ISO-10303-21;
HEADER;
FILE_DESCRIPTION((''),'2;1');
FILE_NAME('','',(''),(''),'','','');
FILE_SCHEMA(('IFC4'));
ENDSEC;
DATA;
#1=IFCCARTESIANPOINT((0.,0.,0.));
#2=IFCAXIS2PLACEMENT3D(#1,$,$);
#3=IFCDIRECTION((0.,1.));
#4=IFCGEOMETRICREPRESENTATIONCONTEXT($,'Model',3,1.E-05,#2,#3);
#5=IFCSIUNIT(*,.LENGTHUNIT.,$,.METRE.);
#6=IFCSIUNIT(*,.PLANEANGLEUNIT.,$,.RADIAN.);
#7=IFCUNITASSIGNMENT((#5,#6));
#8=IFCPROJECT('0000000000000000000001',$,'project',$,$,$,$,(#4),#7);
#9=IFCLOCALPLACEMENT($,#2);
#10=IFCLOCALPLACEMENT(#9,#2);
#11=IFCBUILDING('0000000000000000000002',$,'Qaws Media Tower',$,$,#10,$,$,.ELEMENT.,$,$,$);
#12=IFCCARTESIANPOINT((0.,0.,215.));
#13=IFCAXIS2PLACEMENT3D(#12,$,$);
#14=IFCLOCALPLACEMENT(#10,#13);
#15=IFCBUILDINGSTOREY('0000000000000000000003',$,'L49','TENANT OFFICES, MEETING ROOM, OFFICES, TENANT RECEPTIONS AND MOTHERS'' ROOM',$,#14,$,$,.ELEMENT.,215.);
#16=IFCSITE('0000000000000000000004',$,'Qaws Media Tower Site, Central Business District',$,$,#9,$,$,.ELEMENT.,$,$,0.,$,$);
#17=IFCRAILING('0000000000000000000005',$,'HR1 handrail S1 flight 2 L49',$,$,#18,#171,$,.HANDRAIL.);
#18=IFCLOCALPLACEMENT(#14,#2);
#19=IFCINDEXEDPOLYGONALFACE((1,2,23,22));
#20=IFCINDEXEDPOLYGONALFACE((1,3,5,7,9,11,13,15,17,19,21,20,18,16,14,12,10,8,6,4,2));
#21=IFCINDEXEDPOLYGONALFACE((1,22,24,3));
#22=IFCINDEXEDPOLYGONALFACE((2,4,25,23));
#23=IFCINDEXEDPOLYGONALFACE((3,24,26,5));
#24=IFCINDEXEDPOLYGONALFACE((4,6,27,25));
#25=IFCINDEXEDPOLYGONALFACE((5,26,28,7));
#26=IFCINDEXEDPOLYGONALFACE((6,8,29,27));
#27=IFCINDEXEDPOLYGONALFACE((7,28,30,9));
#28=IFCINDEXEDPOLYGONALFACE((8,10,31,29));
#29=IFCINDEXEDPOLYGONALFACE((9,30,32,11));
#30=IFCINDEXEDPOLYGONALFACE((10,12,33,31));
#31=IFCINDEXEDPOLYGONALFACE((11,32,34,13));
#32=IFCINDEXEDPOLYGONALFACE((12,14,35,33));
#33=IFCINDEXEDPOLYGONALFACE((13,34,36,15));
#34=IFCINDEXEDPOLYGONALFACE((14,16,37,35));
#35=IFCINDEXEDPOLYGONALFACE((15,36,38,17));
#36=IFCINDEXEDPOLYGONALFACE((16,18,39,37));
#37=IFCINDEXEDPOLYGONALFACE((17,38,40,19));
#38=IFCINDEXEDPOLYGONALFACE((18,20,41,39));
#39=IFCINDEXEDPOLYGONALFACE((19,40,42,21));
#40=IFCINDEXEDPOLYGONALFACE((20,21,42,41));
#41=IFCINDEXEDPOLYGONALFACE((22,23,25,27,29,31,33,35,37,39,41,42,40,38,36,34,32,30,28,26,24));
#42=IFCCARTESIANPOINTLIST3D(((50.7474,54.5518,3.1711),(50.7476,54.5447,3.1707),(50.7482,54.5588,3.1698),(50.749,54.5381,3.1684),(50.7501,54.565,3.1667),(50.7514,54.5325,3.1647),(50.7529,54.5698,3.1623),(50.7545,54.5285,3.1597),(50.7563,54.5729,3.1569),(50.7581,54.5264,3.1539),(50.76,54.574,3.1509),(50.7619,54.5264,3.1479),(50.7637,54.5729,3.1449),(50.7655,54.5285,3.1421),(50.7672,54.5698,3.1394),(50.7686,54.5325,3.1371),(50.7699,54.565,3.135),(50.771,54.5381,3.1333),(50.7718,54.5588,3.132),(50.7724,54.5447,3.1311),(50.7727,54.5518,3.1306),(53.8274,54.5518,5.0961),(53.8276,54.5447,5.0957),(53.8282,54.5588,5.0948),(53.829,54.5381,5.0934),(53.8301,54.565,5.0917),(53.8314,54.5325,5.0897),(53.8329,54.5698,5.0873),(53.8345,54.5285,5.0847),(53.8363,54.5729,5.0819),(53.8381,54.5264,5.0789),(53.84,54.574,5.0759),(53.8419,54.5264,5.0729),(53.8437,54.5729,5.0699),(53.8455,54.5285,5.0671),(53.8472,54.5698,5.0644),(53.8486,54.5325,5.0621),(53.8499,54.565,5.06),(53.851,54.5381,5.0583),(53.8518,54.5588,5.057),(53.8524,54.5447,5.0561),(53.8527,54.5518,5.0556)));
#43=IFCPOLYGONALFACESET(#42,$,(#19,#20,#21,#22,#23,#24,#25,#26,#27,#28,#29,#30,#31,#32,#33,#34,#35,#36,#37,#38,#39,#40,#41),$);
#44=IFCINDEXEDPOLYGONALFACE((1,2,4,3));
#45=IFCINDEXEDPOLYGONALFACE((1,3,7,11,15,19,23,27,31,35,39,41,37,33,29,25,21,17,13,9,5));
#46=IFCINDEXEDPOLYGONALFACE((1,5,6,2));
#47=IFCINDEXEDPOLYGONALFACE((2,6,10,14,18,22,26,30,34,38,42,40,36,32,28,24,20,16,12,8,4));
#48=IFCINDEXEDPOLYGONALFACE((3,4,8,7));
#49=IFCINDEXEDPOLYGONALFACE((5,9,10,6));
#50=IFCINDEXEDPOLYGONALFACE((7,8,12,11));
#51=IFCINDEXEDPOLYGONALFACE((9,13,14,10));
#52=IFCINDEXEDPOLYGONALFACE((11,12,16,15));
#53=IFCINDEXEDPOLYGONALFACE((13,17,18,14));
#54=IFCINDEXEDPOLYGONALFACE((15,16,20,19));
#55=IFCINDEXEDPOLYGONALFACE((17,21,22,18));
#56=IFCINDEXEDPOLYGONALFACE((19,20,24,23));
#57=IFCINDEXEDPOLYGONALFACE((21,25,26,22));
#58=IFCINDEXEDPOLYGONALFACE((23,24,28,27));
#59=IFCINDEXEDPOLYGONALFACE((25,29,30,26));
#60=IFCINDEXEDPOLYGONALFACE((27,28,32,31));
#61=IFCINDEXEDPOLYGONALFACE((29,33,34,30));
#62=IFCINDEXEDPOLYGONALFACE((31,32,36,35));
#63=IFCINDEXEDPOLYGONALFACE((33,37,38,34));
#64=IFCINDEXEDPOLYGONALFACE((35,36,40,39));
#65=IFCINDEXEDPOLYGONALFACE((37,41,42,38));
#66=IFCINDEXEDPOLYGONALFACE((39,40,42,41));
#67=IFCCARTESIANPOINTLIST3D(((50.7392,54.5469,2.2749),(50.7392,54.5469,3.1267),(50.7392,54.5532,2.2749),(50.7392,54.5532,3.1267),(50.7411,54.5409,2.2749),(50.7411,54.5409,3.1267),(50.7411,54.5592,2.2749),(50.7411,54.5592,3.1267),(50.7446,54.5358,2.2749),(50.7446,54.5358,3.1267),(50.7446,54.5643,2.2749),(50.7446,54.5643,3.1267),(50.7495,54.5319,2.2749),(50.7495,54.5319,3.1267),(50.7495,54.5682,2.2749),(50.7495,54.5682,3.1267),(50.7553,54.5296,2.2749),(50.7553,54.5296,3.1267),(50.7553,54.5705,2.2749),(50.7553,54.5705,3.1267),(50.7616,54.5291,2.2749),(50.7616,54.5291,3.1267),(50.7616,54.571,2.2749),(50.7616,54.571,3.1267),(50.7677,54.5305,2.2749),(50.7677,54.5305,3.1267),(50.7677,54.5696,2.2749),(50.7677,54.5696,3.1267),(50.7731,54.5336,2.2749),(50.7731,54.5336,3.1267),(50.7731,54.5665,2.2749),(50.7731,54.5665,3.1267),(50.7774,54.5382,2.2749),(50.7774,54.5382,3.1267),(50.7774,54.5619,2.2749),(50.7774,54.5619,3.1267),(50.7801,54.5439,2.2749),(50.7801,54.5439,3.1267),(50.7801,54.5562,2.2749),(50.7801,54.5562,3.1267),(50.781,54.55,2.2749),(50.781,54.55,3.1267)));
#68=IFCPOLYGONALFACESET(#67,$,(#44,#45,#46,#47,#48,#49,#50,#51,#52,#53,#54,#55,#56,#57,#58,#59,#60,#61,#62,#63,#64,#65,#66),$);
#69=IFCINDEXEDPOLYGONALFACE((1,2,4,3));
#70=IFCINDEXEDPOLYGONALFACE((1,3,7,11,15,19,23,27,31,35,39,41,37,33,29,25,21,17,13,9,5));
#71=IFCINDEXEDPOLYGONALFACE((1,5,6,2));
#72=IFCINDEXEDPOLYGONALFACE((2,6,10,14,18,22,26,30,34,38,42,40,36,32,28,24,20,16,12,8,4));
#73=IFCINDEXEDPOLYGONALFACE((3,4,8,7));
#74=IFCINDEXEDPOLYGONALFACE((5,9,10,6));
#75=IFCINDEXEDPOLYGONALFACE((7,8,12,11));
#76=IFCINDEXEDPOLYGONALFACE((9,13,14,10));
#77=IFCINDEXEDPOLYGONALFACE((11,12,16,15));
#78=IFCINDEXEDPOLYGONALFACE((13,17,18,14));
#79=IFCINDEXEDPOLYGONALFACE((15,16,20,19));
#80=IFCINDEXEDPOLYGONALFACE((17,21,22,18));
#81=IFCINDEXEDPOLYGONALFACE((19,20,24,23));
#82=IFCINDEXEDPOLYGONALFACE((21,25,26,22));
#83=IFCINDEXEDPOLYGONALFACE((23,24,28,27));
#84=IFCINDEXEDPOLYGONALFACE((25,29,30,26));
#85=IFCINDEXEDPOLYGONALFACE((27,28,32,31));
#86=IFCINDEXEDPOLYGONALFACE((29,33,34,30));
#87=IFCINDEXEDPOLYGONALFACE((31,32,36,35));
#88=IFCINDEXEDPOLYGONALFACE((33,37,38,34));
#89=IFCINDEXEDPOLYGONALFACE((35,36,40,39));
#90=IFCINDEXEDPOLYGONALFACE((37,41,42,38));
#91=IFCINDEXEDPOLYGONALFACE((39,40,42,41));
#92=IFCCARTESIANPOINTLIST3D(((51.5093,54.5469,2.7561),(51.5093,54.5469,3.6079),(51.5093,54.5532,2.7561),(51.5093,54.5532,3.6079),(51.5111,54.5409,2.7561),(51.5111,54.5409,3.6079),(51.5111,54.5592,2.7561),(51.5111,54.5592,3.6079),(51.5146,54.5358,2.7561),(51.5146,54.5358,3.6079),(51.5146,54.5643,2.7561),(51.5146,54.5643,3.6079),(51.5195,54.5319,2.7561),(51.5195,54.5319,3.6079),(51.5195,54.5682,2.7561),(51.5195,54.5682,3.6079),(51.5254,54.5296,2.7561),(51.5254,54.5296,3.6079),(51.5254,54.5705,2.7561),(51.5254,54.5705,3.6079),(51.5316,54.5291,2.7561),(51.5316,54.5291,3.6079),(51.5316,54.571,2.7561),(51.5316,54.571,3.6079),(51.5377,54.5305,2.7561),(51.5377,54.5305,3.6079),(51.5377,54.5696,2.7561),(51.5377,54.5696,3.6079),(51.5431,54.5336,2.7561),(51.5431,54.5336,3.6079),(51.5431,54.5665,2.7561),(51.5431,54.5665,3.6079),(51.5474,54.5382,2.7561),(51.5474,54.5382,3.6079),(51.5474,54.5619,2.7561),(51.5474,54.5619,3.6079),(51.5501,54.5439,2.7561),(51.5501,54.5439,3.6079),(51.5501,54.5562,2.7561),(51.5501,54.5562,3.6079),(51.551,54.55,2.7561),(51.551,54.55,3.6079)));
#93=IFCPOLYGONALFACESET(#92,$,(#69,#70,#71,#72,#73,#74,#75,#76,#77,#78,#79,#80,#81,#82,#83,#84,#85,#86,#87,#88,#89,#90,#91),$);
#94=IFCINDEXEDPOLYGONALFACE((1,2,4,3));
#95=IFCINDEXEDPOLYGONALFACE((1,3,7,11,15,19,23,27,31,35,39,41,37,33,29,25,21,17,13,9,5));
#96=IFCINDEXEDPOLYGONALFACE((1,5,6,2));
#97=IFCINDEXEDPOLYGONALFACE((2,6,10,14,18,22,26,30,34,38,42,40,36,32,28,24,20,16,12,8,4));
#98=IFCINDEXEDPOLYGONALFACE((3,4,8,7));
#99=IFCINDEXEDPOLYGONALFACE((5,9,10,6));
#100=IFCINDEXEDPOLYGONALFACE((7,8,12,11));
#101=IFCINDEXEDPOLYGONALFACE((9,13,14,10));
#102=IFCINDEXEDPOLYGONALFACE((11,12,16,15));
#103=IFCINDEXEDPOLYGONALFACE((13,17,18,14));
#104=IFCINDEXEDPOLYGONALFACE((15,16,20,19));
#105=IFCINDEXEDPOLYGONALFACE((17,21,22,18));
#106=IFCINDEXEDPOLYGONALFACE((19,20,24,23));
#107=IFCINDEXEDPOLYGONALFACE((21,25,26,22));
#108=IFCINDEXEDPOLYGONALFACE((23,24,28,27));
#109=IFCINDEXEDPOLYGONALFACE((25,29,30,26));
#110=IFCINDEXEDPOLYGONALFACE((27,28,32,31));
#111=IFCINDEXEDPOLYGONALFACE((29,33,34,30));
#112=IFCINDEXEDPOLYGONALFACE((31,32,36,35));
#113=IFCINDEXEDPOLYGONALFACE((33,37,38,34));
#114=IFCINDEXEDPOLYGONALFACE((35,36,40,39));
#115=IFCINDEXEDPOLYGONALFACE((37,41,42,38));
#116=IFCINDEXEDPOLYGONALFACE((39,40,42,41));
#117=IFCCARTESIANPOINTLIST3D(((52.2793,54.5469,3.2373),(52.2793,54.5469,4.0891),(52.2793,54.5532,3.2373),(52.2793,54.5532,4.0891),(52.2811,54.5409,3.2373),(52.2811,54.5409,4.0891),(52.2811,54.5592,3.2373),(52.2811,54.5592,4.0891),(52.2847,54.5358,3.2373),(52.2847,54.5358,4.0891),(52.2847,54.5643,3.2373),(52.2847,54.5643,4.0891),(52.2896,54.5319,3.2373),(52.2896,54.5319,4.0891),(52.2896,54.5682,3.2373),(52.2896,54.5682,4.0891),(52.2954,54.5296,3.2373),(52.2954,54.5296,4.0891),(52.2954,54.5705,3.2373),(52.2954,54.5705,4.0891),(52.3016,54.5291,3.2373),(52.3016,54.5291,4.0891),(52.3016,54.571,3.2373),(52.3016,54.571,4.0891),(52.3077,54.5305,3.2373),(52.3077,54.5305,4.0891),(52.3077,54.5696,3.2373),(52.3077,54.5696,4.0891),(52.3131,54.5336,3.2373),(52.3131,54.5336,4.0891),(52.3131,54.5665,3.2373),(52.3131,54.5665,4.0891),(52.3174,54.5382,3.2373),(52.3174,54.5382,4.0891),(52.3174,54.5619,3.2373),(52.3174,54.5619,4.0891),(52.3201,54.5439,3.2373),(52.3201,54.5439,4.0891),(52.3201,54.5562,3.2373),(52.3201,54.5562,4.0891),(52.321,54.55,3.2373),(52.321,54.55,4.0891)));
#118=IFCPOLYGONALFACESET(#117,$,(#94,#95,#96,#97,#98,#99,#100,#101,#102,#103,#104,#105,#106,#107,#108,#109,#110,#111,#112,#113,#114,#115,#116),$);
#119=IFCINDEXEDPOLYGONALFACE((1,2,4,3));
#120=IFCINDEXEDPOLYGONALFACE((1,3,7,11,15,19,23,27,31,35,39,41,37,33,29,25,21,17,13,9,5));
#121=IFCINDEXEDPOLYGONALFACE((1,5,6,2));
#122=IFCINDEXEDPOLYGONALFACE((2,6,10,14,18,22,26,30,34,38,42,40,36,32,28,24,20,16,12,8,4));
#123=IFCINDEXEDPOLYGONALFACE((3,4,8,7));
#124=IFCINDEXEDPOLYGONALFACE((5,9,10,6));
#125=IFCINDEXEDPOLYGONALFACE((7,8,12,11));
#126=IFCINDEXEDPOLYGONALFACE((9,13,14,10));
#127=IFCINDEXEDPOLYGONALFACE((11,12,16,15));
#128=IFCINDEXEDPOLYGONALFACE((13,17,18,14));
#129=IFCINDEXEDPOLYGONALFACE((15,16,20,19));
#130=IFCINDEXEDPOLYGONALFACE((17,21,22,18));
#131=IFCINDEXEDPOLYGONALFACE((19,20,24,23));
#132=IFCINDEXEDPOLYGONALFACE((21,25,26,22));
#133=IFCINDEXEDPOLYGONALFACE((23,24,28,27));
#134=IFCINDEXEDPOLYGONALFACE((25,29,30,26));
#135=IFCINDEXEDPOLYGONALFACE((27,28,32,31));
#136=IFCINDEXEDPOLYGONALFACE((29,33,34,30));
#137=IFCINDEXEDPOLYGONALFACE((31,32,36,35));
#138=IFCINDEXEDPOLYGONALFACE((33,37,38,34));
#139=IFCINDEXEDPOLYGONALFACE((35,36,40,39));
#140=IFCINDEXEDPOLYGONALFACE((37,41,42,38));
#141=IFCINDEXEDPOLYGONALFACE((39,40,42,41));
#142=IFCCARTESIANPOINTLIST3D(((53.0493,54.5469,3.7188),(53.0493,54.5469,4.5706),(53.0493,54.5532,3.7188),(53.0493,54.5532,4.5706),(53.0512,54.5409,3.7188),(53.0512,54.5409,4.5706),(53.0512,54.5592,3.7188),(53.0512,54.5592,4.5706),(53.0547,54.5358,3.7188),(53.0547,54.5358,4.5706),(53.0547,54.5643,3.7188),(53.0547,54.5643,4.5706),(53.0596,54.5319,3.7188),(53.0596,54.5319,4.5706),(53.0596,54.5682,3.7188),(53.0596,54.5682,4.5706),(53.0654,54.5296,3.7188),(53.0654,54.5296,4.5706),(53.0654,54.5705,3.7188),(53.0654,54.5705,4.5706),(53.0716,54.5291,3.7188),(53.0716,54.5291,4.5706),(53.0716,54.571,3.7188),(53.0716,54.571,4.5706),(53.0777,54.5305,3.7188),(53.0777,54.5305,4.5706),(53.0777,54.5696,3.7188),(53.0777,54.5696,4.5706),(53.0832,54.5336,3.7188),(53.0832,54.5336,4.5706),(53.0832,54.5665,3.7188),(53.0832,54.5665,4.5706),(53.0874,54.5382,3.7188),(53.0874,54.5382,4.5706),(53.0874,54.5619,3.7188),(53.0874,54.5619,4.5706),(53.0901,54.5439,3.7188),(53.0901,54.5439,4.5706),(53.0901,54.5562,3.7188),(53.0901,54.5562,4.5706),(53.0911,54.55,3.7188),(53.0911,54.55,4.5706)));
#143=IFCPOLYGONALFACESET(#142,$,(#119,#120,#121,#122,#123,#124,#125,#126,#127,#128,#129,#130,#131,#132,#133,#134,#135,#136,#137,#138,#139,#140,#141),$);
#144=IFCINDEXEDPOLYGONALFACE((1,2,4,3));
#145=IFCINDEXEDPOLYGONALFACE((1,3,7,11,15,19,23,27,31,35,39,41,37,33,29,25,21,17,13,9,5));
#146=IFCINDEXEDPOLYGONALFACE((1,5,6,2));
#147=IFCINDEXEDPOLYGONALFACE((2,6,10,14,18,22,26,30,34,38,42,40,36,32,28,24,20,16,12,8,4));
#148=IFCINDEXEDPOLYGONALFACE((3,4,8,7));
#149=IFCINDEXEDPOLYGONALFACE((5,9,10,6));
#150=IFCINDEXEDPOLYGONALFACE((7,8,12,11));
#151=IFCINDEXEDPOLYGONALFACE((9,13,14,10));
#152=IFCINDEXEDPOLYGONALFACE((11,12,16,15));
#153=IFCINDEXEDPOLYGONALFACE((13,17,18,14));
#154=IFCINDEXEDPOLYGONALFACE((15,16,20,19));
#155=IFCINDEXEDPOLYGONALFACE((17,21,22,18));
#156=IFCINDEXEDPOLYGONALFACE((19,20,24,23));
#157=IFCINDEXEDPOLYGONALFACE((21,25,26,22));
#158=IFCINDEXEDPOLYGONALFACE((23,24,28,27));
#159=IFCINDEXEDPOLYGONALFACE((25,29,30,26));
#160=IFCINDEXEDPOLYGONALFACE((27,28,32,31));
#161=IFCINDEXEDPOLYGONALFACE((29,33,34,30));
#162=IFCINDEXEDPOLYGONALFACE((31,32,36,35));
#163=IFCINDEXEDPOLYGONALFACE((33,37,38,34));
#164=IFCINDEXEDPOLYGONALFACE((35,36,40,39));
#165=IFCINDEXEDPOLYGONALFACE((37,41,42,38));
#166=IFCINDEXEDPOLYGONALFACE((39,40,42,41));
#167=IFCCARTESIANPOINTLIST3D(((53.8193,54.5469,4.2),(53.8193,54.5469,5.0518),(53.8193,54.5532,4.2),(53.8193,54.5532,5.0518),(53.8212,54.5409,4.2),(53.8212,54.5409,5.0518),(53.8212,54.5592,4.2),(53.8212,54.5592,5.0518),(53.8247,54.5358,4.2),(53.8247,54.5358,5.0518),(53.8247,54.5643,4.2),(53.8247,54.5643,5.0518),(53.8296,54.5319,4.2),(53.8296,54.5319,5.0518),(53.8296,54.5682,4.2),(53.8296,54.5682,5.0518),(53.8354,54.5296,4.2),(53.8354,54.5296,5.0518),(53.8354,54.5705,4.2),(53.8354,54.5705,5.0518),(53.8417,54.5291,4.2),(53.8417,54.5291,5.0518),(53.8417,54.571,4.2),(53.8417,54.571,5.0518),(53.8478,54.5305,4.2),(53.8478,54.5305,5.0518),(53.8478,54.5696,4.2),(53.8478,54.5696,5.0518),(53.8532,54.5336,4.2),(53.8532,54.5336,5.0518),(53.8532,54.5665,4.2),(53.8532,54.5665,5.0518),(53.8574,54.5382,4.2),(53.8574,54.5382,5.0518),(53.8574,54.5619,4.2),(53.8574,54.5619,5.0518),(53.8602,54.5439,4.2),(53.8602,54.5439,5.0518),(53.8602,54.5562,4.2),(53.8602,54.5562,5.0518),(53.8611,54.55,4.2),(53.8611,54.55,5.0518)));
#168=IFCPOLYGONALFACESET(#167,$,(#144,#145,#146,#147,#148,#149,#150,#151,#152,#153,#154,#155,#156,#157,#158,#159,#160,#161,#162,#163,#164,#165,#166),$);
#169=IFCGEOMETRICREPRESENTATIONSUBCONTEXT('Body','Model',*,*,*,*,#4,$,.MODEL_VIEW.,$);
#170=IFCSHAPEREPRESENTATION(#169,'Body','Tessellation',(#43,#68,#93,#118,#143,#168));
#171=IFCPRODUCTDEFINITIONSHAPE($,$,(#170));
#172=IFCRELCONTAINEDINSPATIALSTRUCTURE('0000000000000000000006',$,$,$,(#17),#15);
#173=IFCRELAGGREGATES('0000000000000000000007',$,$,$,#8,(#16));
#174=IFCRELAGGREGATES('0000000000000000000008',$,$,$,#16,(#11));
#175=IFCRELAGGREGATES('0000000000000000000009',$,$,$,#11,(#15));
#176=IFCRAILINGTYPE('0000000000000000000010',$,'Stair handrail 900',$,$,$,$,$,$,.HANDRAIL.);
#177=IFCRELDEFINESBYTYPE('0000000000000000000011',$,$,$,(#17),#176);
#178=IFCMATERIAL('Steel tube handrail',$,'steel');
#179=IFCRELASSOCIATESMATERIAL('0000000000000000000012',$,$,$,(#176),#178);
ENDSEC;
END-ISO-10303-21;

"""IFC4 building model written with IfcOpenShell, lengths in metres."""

from ifc_helpers import new_model, si_unit, direction, frame, origin, origin_2d, place, context, subcontext, project, spatial, circle, extrude, material, type_object, element, save


model = new_model("IFC4")

# Units and contexts
model_context = context("Model", 3, precision=1e-05, world=origin(), true_north=direction((0.0, 1.0)))
body_context = subcontext(model_context, "Body", "Model", "MODEL_VIEW")
ifc_project = project(units=[si_unit("LENGTHUNIT", "METRE"), si_unit("PLANEANGLEUNIT", "RADIAN")], contexts=[model_context])

# Site, building, storey
site_placement = place(None, origin())
site = spatial("IfcSite", under=ifc_project, at=site_placement, Name="Qaws Media Tower Site, Central Business District", CompositionType="ELEMENT", RefElevation=0.0)
building_placement = place(site_placement, origin())
building = spatial("IfcBuilding", under=site, at=building_placement, Name="Qaws Media Tower", CompositionType="ELEMENT")
storey_placement = place(building_placement, frame((0.0, 0.0, 215.0)))
storey = spatial("IfcBuildingStorey", under=building, at=storey_placement, Name="L49", Description="TENANT OFFICES, MEETING ROOM, OFFICES, TENANT RECEPTIONS AND MOTHERS' ROOM", CompositionType="ELEMENT", Elevation=215.0)

# Railing
ifc_material_1 = material(Name="Steel tube handrail", Category="steel")
railing_type = type_object("IfcRailingType", Name="Stair handrail 900", PredefinedType="HANDRAIL", material=ifc_material_1)
for number, where, name in (
    (1, (50.76, 54.55, 2.2749), "HR1 handrail S1 flight 2 L49"),
):
    element("IfcRailing", number, at=place(storey_placement, frame(where)), inside=storey, type_object=railing_type, Name=name, PredefinedType="HANDRAIL", context=body_context, shape_type="SweptSolid", body=[
        extrude(circle(Radius=0.0239, at=origin_2d()), frame((0.0, 0.0, 0.876), z_axis=(0.847998, 0.0, 0.529999), x_axis=(0.0, 1.0, 0.0)), (0.0, 0.0, 1.0), 3.6321),
        extrude(circle(Radius=0.021, at=origin_2d()), origin(), (0.0, 0.0, 1.0), 0.8518),
        extrude(circle(Radius=0.021, at=origin_2d()), frame((0.77, 0.0, 0.4812)), (0.0, 0.0, 1.0), 0.8518),
        extrude(circle(Radius=0.021, at=origin_2d()), frame((1.54, 0.0, 0.9624)), (0.0, 0.0, 1.0), 0.8518),
        extrude(circle(Radius=0.021, at=origin_2d()), frame((2.3101, 0.0, 1.4438)), (0.0, 0.0, 1.0), 0.8518),
        extrude(circle(Radius=0.021, at=origin_2d()), frame((3.0801, 0.0, 1.925)), (0.0, 0.0, 1.0), 0.8518),
    ])

save(model, "model.ifc")
